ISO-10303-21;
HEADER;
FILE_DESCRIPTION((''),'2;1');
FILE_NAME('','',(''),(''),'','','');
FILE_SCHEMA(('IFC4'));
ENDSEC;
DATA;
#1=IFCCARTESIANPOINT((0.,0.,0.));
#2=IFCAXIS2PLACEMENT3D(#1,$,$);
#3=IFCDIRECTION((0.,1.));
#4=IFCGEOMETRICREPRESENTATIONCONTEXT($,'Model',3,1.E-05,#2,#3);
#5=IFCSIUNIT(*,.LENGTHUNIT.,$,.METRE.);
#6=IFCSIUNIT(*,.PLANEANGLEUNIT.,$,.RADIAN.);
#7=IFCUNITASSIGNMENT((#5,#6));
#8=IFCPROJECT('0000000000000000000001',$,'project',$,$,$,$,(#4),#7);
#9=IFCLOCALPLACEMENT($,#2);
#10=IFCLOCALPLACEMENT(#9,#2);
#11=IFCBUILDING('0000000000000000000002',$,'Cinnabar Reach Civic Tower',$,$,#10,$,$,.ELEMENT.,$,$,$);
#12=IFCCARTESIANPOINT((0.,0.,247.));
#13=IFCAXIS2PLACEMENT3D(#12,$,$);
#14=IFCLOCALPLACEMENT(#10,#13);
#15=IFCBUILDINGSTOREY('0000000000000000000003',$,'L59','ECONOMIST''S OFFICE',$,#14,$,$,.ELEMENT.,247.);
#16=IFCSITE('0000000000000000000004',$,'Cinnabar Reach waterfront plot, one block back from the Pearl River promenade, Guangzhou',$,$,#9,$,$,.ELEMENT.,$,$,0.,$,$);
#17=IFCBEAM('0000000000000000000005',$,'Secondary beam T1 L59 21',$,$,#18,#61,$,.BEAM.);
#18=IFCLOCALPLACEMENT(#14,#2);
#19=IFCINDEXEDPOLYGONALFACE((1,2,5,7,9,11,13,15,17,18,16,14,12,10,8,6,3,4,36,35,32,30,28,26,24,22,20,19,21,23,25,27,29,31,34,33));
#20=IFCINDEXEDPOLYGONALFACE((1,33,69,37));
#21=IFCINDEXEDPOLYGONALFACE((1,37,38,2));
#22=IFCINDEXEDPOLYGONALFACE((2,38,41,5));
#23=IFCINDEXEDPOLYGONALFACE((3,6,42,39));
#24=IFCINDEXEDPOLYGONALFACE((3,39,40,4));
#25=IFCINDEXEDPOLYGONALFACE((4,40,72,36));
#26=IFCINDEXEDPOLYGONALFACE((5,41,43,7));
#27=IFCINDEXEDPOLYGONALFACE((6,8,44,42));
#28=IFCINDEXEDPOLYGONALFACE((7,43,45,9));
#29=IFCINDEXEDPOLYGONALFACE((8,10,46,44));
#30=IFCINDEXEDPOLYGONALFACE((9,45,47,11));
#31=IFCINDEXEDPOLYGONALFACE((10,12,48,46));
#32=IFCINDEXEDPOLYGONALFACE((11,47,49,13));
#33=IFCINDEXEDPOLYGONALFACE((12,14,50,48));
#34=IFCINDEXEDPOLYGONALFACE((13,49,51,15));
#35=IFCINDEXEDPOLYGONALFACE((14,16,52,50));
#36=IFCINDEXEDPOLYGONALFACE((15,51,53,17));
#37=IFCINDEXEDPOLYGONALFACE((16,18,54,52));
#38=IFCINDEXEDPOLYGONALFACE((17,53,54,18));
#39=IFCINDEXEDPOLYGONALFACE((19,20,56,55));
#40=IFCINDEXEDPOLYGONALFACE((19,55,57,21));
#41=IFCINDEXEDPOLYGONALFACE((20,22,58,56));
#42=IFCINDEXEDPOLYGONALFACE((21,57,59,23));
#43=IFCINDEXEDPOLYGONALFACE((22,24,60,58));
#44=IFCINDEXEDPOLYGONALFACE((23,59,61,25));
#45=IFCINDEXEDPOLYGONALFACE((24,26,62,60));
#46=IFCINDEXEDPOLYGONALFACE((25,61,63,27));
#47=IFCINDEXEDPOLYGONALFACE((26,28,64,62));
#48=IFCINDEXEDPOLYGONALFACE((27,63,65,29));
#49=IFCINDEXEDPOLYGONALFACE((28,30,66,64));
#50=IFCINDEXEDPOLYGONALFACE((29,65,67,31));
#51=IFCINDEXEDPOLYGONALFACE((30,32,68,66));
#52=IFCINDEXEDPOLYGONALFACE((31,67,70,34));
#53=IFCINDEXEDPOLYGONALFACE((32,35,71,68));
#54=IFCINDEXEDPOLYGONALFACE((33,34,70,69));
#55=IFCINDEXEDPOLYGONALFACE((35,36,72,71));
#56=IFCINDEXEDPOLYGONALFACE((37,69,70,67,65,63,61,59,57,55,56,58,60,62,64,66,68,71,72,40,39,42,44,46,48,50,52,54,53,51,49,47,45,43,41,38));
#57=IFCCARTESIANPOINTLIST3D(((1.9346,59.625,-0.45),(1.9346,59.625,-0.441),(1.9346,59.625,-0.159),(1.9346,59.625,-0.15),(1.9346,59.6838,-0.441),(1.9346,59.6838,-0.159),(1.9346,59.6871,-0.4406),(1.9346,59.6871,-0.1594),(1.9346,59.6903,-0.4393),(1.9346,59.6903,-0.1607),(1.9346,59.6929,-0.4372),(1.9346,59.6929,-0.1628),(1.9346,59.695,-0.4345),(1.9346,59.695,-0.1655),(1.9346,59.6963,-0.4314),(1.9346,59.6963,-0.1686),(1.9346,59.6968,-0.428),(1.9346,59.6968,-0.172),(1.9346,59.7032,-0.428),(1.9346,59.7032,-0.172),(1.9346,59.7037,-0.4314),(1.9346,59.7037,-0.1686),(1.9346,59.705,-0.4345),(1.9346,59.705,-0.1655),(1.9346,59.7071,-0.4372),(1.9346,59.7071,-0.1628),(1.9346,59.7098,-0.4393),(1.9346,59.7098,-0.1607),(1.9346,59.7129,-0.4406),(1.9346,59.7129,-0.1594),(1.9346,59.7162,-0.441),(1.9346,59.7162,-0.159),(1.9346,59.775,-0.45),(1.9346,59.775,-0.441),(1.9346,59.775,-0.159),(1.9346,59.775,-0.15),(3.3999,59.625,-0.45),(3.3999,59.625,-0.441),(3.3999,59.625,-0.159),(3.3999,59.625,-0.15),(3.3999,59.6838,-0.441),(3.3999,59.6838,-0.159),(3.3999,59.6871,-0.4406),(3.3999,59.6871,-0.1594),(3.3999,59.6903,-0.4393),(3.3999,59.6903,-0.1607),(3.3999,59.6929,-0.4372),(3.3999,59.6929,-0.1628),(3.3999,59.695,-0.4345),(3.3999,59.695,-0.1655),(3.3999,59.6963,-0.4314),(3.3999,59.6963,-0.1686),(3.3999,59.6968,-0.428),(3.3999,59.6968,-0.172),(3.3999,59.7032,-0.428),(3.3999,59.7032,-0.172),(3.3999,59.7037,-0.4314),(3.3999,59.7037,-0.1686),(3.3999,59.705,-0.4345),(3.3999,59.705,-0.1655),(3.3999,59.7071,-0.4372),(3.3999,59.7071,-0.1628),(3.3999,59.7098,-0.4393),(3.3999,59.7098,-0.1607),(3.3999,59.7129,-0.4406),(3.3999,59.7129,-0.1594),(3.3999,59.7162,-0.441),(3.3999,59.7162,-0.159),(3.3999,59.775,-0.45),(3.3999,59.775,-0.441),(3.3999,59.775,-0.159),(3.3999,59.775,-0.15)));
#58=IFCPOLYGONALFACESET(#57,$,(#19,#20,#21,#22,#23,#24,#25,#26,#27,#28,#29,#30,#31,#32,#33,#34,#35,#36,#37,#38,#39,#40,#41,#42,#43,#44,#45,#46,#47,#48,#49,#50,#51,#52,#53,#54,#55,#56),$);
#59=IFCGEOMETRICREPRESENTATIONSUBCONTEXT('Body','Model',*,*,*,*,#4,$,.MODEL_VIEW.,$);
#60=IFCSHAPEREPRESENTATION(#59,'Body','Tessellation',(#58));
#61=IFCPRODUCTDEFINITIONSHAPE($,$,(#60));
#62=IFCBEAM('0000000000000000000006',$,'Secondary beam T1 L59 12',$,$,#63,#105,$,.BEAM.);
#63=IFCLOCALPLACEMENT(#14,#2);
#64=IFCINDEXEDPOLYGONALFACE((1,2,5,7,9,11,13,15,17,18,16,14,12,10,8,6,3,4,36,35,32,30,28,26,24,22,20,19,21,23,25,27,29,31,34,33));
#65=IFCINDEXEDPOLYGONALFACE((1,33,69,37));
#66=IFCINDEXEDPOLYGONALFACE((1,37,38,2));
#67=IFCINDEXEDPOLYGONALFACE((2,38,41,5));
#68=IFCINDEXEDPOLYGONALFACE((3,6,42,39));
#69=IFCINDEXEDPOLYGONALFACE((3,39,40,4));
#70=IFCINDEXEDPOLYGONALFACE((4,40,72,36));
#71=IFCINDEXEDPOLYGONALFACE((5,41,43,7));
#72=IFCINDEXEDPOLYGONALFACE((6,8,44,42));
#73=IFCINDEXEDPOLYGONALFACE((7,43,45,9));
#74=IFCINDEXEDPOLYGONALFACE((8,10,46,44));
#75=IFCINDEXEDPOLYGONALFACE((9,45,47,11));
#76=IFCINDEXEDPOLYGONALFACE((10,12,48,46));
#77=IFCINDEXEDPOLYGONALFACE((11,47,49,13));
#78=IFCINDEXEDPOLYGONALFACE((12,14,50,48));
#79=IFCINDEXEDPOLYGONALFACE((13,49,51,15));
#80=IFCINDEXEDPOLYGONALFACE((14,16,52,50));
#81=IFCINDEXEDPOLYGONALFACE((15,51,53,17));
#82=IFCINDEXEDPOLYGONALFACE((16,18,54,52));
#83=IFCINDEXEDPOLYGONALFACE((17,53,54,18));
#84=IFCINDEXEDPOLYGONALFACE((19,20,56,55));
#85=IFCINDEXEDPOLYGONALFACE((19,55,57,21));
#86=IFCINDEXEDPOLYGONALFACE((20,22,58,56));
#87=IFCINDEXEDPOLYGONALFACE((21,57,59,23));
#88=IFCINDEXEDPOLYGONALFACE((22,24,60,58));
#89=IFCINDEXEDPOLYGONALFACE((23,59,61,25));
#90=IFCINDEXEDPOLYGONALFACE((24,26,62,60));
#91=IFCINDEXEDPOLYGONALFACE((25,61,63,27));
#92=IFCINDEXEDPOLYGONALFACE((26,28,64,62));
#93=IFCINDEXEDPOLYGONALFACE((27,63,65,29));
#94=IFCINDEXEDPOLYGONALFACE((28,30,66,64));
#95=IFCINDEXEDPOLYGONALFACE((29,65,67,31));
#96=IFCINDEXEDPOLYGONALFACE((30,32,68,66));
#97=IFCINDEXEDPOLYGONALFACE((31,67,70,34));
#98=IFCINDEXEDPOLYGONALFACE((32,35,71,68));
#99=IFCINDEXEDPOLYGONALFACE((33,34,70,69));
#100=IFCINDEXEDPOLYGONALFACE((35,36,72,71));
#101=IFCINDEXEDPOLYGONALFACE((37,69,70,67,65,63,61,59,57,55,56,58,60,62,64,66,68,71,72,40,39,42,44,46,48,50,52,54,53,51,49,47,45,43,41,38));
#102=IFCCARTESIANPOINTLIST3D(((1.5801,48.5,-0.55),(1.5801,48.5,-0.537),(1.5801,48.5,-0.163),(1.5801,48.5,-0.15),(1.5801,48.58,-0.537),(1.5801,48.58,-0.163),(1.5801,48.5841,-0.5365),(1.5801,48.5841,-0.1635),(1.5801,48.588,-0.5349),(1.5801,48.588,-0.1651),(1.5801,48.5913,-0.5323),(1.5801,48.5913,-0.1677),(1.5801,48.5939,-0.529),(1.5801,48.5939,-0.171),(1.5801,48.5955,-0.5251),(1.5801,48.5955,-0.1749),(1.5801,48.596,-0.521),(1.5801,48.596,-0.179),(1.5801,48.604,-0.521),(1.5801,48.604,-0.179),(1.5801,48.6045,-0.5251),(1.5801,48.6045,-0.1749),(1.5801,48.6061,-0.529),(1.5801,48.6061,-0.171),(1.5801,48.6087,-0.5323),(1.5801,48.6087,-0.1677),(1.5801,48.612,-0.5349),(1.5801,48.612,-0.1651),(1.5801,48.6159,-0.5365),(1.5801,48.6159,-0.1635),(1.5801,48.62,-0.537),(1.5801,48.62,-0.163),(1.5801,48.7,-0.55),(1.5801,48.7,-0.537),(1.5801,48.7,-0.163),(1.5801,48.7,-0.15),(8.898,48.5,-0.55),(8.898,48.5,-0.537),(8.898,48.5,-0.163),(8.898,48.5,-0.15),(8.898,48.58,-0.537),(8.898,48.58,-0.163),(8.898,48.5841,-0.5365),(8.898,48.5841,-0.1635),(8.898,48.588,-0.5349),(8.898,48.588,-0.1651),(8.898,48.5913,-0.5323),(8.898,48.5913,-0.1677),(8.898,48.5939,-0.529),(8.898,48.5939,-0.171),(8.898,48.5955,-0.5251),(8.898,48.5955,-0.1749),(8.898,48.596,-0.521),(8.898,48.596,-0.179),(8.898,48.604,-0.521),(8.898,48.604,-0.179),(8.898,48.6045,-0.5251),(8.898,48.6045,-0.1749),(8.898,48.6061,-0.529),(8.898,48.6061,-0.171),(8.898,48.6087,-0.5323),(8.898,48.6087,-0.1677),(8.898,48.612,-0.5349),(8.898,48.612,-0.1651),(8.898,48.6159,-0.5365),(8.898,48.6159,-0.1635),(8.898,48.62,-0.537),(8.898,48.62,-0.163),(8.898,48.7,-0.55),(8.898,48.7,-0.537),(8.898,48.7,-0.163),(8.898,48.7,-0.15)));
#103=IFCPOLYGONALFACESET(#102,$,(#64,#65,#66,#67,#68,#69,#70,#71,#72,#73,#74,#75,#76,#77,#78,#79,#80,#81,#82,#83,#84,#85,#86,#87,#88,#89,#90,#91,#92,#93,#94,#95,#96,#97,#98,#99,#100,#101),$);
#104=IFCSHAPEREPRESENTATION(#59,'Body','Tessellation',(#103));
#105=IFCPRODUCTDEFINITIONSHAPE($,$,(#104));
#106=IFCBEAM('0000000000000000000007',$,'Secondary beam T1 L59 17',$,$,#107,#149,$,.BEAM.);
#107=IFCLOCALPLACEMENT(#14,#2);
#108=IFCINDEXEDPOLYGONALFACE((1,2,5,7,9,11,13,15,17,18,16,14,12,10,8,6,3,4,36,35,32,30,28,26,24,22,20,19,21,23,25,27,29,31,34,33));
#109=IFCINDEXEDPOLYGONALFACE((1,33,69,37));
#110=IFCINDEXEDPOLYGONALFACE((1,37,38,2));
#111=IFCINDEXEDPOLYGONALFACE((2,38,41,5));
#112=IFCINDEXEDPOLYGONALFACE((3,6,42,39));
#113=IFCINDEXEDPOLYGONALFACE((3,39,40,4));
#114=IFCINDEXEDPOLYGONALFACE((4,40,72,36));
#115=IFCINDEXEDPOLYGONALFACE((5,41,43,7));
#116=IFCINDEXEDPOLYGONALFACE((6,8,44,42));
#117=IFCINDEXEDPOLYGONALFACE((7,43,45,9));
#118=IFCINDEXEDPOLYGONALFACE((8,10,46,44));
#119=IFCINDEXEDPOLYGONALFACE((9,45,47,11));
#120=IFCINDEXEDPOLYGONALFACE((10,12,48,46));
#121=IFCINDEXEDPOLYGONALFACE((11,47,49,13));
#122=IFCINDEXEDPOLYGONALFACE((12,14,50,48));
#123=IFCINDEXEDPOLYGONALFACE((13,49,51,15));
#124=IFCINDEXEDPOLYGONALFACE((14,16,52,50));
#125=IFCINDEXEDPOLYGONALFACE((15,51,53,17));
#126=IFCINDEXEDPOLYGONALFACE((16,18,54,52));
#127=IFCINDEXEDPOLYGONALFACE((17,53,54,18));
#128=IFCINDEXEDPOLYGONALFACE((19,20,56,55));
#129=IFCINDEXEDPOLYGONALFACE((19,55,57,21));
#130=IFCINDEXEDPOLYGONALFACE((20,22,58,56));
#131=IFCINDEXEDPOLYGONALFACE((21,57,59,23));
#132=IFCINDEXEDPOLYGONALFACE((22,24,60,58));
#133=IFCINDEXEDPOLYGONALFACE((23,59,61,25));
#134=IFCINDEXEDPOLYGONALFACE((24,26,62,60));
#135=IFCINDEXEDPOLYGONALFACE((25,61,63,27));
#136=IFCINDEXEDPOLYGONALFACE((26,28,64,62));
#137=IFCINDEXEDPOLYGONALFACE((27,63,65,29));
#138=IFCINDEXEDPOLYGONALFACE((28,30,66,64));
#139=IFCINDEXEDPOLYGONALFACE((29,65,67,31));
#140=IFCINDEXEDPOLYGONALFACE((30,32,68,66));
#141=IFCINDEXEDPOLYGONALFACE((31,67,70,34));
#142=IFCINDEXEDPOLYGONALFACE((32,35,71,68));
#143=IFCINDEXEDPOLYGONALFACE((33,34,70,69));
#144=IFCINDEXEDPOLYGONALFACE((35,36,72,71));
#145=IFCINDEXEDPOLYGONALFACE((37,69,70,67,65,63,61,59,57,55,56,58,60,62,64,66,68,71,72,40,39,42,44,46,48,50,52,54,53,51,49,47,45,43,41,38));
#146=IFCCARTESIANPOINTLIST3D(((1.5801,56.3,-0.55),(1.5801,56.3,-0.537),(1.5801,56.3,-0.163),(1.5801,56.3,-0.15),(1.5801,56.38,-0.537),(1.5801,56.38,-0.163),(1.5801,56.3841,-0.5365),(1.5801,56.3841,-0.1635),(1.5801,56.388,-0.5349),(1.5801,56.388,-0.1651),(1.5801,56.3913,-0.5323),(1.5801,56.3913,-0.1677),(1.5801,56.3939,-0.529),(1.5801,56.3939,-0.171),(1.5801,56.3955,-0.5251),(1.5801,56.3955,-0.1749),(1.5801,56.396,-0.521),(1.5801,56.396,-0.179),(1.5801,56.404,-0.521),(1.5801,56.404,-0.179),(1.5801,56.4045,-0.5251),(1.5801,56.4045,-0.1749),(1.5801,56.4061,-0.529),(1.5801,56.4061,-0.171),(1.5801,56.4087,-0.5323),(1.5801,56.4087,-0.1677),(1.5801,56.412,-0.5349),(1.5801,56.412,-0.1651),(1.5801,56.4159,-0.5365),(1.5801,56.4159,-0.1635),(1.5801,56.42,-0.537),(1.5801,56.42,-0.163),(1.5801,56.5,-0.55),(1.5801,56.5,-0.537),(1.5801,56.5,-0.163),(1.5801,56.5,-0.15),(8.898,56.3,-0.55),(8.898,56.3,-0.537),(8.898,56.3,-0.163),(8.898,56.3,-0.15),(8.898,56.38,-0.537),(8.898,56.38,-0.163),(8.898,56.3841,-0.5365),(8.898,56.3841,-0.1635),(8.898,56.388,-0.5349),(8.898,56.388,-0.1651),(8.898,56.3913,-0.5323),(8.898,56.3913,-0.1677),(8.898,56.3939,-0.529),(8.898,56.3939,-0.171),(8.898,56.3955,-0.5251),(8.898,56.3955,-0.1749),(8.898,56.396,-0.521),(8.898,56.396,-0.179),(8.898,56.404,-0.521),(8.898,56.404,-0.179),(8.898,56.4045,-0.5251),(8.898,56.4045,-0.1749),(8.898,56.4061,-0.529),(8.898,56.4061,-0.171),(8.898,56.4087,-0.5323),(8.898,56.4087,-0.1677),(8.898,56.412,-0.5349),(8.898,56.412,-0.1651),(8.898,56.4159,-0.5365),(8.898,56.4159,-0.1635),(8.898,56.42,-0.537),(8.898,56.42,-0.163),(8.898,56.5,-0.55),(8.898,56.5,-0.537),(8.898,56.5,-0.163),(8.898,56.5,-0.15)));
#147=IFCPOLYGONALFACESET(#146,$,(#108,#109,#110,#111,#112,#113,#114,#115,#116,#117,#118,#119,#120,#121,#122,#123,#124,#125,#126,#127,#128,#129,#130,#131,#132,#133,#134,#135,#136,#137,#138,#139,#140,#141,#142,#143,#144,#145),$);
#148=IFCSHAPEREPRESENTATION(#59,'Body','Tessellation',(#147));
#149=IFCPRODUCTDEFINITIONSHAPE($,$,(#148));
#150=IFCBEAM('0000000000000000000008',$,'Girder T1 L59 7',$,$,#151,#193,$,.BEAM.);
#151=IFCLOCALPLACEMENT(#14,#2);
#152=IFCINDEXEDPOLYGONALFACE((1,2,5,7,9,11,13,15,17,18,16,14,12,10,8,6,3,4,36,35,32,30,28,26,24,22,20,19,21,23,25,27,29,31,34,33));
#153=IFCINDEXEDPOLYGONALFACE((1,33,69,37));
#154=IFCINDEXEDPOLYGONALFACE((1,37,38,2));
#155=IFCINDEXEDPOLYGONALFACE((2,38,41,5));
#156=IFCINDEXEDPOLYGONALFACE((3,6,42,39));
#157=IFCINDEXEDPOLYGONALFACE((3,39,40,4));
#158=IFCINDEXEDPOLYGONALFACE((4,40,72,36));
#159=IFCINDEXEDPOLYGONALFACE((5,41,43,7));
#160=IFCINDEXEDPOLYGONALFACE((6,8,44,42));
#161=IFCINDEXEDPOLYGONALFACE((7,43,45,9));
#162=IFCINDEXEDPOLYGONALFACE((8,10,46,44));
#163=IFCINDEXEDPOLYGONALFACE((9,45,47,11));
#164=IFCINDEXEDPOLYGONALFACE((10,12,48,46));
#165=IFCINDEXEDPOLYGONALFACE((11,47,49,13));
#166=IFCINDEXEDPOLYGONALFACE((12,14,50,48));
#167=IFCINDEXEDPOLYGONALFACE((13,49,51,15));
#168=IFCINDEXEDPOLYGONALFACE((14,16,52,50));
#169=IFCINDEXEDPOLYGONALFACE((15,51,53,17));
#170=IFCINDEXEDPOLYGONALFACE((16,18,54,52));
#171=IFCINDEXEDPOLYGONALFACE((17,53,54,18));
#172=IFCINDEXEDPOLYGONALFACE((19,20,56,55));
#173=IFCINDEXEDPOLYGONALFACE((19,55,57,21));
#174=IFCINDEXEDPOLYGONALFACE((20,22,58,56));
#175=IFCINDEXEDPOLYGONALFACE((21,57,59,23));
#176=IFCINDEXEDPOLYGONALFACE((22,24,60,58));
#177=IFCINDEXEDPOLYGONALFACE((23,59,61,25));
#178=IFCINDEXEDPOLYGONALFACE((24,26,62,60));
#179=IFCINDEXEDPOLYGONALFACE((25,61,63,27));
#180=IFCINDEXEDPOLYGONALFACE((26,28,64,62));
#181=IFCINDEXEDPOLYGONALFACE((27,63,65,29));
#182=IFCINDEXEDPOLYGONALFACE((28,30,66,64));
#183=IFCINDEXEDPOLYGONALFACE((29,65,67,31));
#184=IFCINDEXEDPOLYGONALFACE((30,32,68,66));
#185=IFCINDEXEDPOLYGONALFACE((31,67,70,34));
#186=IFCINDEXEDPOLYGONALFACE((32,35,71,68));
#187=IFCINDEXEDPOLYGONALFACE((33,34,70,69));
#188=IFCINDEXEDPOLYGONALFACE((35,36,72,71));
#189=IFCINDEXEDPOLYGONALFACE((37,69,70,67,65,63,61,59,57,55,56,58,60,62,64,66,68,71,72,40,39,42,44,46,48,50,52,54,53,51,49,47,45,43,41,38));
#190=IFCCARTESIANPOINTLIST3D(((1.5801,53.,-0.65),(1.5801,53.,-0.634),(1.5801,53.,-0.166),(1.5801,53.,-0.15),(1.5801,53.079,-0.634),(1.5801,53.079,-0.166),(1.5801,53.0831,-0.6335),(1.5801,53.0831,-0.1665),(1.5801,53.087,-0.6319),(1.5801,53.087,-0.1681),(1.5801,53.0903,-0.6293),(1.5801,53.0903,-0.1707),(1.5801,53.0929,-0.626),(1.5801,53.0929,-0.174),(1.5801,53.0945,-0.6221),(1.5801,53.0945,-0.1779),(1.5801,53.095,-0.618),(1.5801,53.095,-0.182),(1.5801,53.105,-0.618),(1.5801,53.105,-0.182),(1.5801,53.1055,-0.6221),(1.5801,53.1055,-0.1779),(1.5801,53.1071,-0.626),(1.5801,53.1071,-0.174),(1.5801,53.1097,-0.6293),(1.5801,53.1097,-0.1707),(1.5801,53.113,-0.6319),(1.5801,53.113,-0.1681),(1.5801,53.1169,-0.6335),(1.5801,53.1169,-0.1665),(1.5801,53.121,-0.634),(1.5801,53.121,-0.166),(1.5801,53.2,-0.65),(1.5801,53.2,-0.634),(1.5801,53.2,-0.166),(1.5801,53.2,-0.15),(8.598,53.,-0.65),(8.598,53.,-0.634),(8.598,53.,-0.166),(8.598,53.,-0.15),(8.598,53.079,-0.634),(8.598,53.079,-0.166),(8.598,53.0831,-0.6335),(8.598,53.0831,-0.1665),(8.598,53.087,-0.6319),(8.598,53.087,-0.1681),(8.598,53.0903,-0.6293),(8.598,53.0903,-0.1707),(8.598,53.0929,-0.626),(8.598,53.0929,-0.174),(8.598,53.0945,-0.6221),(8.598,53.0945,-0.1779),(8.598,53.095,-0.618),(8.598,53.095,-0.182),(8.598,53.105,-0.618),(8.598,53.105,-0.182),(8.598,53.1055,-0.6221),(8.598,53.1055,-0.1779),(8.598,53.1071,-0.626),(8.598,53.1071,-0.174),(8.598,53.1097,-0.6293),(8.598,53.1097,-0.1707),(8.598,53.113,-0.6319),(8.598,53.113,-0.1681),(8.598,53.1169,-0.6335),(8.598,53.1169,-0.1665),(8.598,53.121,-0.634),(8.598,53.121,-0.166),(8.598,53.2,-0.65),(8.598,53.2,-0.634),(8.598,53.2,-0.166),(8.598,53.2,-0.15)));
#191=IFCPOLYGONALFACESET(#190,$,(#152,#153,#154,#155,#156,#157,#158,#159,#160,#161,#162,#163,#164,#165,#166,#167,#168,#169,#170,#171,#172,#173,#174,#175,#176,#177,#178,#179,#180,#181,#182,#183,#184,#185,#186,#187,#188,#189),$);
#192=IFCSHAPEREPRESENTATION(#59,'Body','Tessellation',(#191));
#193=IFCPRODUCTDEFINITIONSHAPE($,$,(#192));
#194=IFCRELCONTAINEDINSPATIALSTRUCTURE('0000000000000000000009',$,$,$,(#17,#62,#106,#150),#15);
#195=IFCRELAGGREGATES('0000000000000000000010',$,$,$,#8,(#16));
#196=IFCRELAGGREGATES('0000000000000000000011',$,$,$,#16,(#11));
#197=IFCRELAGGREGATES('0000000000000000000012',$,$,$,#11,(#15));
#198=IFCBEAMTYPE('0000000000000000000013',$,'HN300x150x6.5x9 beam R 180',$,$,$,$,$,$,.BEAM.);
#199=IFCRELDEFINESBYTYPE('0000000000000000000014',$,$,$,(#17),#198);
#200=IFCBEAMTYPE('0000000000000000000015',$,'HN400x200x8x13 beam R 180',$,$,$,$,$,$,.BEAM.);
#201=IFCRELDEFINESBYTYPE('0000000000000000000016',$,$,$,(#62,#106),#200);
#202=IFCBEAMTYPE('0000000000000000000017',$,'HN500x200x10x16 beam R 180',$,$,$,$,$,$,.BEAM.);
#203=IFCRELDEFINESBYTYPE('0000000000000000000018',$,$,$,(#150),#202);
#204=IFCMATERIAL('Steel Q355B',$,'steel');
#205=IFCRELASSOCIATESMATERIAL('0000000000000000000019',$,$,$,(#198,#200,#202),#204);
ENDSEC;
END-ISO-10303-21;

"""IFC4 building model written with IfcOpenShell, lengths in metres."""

from ifc_helpers import new_model, si_unit, direction, frame, origin, origin_2d, place, context, subcontext, project, spatial, i_section, extrude, material, material_profile, profile_set, type_object, element, save


model = new_model("IFC4")

# Units and contexts
model_context = context("Model", 3, precision=1e-05, world=origin(), true_north=direction((0.0, 1.0)))
body_context = subcontext(model_context, "Body", "Model", "MODEL_VIEW")
ifc_project = project(units=[si_unit("LENGTHUNIT", "METRE"), si_unit("PLANEANGLEUNIT", "RADIAN")], contexts=[model_context])

# Site, building, storey
site_placement = place(None, origin())
site = spatial("IfcSite", under=ifc_project, at=site_placement, Name="Cinnabar Reach waterfront plot, one block back from the Pearl River promenade, Guangzhou", CompositionType="ELEMENT", RefElevation=0.0)
building_placement = place(site_placement, origin())
building = spatial("IfcBuilding", under=site, at=building_placement, Name="Cinnabar Reach Civic Tower", CompositionType="ELEMENT")
storey_placement = place(building_placement, frame((0.0, 0.0, 247.0)))
storey = spatial("IfcBuildingStorey", under=building, at=storey_placement, Name="L59", Description="ECONOMIST'S OFFICE", CompositionType="ELEMENT", Elevation=247.0)

# Beams
ifc_material_1 = material(Name="Steel Q355B", Category="steel")
ifc_material_profile_1 = material_profile(ifc_material_1, i_section(OverallWidth=0.15, OverallDepth=0.3, WebThickness=0.0065, FlangeThickness=0.009, FilletRadius=0.013, at=origin_2d()), Name="HN300x150x6.5x9")
ifc_profile_set_1 = profile_set([ifc_material_profile_1], Name="Steel Q355B")
beam_type_1 = type_object("IfcBeamType", Name="HN300x150x6.5x9 beam R 180", PredefinedType="BEAM", material=ifc_profile_set_1)
beam_1_placement = place(storey_placement, frame((1.9346, 59.7, -0.3), z_axis=(1.0, 0.0, 0.0), x_axis=(0.0, 1.0, 0.0)))
element("IfcBeam", 1, at=beam_1_placement, inside=storey, type_object=beam_type_1, Name="Secondary beam T1 L59 21", PredefinedType="BEAM", context=body_context, shape_type="SweptSolid", body=[
    extrude(i_section(OverallWidth=0.15, OverallDepth=0.3, WebThickness=0.0065, FlangeThickness=0.009, FilletRadius=0.013, at=origin_2d()), origin(), (0.0, 0.0, 1.0), 1.4653),
])
ifc_material_profile_2 = material_profile(ifc_material_1, i_section(OverallWidth=0.2, OverallDepth=0.4, WebThickness=0.008, FlangeThickness=0.013, FilletRadius=0.016, at=origin_2d()), Name="HN400x200x8x13")
ifc_profile_set_2 = profile_set([ifc_material_profile_2], Name="Steel Q355B")
beam_type_2 = type_object("IfcBeamType", Name="HN400x200x8x13 beam R 180", PredefinedType="BEAM", material=ifc_profile_set_2)
for number, where, z_axis, x_axis, name in (
    (2, (1.5801, 48.6, -0.35), (1.0, 0.0, 0.0), (0.0, 1.0, 0.0), "Secondary beam T1 L59 12"),
    (3, (1.5801, 56.4, -0.35), (1.0, 0.0, 0.0), (0.0, 1.0, 0.0), "Secondary beam T1 L59 17"),
):
    element("IfcBeam", number, at=place(storey_placement, frame(where, z_axis=z_axis, x_axis=x_axis)), inside=storey, type_object=beam_type_2, Name=name, PredefinedType="BEAM", context=body_context, shape_type="SweptSolid", body=[
        extrude(i_section(OverallWidth=0.2, OverallDepth=0.4, WebThickness=0.008, FlangeThickness=0.013, FilletRadius=0.016, at=origin_2d()), origin(), (0.0, 0.0, 1.0), 7.3179),
    ])
ifc_material_profile_3 = material_profile(ifc_material_1, i_section(OverallWidth=0.2, OverallDepth=0.5, WebThickness=0.01, FlangeThickness=0.016, FilletRadius=0.016, at=origin_2d()), Name="HN500x200x10x16")
ifc_profile_set_3 = profile_set([ifc_material_profile_3], Name="Steel Q355B")
beam_type_3 = type_object("IfcBeamType", Name="HN500x200x10x16 beam R 180", PredefinedType="BEAM", material=ifc_profile_set_3)
beam_2_placement = place(storey_placement, frame((1.5801, 53.1, -0.4), z_axis=(1.0, 0.0, 0.0), x_axis=(0.0, 1.0, 0.0)))
element("IfcBeam", 4, at=beam_2_placement, inside=storey, type_object=beam_type_3, Name="Girder T1 L59 7", PredefinedType="BEAM", context=body_context, shape_type="SweptSolid", body=[
    extrude(i_section(OverallWidth=0.2, OverallDepth=0.5, WebThickness=0.01, FlangeThickness=0.016, FilletRadius=0.016, at=origin_2d()), origin(), (0.0, 0.0, 1.0), 7.0179),
])

save(model, "model.ifc")
